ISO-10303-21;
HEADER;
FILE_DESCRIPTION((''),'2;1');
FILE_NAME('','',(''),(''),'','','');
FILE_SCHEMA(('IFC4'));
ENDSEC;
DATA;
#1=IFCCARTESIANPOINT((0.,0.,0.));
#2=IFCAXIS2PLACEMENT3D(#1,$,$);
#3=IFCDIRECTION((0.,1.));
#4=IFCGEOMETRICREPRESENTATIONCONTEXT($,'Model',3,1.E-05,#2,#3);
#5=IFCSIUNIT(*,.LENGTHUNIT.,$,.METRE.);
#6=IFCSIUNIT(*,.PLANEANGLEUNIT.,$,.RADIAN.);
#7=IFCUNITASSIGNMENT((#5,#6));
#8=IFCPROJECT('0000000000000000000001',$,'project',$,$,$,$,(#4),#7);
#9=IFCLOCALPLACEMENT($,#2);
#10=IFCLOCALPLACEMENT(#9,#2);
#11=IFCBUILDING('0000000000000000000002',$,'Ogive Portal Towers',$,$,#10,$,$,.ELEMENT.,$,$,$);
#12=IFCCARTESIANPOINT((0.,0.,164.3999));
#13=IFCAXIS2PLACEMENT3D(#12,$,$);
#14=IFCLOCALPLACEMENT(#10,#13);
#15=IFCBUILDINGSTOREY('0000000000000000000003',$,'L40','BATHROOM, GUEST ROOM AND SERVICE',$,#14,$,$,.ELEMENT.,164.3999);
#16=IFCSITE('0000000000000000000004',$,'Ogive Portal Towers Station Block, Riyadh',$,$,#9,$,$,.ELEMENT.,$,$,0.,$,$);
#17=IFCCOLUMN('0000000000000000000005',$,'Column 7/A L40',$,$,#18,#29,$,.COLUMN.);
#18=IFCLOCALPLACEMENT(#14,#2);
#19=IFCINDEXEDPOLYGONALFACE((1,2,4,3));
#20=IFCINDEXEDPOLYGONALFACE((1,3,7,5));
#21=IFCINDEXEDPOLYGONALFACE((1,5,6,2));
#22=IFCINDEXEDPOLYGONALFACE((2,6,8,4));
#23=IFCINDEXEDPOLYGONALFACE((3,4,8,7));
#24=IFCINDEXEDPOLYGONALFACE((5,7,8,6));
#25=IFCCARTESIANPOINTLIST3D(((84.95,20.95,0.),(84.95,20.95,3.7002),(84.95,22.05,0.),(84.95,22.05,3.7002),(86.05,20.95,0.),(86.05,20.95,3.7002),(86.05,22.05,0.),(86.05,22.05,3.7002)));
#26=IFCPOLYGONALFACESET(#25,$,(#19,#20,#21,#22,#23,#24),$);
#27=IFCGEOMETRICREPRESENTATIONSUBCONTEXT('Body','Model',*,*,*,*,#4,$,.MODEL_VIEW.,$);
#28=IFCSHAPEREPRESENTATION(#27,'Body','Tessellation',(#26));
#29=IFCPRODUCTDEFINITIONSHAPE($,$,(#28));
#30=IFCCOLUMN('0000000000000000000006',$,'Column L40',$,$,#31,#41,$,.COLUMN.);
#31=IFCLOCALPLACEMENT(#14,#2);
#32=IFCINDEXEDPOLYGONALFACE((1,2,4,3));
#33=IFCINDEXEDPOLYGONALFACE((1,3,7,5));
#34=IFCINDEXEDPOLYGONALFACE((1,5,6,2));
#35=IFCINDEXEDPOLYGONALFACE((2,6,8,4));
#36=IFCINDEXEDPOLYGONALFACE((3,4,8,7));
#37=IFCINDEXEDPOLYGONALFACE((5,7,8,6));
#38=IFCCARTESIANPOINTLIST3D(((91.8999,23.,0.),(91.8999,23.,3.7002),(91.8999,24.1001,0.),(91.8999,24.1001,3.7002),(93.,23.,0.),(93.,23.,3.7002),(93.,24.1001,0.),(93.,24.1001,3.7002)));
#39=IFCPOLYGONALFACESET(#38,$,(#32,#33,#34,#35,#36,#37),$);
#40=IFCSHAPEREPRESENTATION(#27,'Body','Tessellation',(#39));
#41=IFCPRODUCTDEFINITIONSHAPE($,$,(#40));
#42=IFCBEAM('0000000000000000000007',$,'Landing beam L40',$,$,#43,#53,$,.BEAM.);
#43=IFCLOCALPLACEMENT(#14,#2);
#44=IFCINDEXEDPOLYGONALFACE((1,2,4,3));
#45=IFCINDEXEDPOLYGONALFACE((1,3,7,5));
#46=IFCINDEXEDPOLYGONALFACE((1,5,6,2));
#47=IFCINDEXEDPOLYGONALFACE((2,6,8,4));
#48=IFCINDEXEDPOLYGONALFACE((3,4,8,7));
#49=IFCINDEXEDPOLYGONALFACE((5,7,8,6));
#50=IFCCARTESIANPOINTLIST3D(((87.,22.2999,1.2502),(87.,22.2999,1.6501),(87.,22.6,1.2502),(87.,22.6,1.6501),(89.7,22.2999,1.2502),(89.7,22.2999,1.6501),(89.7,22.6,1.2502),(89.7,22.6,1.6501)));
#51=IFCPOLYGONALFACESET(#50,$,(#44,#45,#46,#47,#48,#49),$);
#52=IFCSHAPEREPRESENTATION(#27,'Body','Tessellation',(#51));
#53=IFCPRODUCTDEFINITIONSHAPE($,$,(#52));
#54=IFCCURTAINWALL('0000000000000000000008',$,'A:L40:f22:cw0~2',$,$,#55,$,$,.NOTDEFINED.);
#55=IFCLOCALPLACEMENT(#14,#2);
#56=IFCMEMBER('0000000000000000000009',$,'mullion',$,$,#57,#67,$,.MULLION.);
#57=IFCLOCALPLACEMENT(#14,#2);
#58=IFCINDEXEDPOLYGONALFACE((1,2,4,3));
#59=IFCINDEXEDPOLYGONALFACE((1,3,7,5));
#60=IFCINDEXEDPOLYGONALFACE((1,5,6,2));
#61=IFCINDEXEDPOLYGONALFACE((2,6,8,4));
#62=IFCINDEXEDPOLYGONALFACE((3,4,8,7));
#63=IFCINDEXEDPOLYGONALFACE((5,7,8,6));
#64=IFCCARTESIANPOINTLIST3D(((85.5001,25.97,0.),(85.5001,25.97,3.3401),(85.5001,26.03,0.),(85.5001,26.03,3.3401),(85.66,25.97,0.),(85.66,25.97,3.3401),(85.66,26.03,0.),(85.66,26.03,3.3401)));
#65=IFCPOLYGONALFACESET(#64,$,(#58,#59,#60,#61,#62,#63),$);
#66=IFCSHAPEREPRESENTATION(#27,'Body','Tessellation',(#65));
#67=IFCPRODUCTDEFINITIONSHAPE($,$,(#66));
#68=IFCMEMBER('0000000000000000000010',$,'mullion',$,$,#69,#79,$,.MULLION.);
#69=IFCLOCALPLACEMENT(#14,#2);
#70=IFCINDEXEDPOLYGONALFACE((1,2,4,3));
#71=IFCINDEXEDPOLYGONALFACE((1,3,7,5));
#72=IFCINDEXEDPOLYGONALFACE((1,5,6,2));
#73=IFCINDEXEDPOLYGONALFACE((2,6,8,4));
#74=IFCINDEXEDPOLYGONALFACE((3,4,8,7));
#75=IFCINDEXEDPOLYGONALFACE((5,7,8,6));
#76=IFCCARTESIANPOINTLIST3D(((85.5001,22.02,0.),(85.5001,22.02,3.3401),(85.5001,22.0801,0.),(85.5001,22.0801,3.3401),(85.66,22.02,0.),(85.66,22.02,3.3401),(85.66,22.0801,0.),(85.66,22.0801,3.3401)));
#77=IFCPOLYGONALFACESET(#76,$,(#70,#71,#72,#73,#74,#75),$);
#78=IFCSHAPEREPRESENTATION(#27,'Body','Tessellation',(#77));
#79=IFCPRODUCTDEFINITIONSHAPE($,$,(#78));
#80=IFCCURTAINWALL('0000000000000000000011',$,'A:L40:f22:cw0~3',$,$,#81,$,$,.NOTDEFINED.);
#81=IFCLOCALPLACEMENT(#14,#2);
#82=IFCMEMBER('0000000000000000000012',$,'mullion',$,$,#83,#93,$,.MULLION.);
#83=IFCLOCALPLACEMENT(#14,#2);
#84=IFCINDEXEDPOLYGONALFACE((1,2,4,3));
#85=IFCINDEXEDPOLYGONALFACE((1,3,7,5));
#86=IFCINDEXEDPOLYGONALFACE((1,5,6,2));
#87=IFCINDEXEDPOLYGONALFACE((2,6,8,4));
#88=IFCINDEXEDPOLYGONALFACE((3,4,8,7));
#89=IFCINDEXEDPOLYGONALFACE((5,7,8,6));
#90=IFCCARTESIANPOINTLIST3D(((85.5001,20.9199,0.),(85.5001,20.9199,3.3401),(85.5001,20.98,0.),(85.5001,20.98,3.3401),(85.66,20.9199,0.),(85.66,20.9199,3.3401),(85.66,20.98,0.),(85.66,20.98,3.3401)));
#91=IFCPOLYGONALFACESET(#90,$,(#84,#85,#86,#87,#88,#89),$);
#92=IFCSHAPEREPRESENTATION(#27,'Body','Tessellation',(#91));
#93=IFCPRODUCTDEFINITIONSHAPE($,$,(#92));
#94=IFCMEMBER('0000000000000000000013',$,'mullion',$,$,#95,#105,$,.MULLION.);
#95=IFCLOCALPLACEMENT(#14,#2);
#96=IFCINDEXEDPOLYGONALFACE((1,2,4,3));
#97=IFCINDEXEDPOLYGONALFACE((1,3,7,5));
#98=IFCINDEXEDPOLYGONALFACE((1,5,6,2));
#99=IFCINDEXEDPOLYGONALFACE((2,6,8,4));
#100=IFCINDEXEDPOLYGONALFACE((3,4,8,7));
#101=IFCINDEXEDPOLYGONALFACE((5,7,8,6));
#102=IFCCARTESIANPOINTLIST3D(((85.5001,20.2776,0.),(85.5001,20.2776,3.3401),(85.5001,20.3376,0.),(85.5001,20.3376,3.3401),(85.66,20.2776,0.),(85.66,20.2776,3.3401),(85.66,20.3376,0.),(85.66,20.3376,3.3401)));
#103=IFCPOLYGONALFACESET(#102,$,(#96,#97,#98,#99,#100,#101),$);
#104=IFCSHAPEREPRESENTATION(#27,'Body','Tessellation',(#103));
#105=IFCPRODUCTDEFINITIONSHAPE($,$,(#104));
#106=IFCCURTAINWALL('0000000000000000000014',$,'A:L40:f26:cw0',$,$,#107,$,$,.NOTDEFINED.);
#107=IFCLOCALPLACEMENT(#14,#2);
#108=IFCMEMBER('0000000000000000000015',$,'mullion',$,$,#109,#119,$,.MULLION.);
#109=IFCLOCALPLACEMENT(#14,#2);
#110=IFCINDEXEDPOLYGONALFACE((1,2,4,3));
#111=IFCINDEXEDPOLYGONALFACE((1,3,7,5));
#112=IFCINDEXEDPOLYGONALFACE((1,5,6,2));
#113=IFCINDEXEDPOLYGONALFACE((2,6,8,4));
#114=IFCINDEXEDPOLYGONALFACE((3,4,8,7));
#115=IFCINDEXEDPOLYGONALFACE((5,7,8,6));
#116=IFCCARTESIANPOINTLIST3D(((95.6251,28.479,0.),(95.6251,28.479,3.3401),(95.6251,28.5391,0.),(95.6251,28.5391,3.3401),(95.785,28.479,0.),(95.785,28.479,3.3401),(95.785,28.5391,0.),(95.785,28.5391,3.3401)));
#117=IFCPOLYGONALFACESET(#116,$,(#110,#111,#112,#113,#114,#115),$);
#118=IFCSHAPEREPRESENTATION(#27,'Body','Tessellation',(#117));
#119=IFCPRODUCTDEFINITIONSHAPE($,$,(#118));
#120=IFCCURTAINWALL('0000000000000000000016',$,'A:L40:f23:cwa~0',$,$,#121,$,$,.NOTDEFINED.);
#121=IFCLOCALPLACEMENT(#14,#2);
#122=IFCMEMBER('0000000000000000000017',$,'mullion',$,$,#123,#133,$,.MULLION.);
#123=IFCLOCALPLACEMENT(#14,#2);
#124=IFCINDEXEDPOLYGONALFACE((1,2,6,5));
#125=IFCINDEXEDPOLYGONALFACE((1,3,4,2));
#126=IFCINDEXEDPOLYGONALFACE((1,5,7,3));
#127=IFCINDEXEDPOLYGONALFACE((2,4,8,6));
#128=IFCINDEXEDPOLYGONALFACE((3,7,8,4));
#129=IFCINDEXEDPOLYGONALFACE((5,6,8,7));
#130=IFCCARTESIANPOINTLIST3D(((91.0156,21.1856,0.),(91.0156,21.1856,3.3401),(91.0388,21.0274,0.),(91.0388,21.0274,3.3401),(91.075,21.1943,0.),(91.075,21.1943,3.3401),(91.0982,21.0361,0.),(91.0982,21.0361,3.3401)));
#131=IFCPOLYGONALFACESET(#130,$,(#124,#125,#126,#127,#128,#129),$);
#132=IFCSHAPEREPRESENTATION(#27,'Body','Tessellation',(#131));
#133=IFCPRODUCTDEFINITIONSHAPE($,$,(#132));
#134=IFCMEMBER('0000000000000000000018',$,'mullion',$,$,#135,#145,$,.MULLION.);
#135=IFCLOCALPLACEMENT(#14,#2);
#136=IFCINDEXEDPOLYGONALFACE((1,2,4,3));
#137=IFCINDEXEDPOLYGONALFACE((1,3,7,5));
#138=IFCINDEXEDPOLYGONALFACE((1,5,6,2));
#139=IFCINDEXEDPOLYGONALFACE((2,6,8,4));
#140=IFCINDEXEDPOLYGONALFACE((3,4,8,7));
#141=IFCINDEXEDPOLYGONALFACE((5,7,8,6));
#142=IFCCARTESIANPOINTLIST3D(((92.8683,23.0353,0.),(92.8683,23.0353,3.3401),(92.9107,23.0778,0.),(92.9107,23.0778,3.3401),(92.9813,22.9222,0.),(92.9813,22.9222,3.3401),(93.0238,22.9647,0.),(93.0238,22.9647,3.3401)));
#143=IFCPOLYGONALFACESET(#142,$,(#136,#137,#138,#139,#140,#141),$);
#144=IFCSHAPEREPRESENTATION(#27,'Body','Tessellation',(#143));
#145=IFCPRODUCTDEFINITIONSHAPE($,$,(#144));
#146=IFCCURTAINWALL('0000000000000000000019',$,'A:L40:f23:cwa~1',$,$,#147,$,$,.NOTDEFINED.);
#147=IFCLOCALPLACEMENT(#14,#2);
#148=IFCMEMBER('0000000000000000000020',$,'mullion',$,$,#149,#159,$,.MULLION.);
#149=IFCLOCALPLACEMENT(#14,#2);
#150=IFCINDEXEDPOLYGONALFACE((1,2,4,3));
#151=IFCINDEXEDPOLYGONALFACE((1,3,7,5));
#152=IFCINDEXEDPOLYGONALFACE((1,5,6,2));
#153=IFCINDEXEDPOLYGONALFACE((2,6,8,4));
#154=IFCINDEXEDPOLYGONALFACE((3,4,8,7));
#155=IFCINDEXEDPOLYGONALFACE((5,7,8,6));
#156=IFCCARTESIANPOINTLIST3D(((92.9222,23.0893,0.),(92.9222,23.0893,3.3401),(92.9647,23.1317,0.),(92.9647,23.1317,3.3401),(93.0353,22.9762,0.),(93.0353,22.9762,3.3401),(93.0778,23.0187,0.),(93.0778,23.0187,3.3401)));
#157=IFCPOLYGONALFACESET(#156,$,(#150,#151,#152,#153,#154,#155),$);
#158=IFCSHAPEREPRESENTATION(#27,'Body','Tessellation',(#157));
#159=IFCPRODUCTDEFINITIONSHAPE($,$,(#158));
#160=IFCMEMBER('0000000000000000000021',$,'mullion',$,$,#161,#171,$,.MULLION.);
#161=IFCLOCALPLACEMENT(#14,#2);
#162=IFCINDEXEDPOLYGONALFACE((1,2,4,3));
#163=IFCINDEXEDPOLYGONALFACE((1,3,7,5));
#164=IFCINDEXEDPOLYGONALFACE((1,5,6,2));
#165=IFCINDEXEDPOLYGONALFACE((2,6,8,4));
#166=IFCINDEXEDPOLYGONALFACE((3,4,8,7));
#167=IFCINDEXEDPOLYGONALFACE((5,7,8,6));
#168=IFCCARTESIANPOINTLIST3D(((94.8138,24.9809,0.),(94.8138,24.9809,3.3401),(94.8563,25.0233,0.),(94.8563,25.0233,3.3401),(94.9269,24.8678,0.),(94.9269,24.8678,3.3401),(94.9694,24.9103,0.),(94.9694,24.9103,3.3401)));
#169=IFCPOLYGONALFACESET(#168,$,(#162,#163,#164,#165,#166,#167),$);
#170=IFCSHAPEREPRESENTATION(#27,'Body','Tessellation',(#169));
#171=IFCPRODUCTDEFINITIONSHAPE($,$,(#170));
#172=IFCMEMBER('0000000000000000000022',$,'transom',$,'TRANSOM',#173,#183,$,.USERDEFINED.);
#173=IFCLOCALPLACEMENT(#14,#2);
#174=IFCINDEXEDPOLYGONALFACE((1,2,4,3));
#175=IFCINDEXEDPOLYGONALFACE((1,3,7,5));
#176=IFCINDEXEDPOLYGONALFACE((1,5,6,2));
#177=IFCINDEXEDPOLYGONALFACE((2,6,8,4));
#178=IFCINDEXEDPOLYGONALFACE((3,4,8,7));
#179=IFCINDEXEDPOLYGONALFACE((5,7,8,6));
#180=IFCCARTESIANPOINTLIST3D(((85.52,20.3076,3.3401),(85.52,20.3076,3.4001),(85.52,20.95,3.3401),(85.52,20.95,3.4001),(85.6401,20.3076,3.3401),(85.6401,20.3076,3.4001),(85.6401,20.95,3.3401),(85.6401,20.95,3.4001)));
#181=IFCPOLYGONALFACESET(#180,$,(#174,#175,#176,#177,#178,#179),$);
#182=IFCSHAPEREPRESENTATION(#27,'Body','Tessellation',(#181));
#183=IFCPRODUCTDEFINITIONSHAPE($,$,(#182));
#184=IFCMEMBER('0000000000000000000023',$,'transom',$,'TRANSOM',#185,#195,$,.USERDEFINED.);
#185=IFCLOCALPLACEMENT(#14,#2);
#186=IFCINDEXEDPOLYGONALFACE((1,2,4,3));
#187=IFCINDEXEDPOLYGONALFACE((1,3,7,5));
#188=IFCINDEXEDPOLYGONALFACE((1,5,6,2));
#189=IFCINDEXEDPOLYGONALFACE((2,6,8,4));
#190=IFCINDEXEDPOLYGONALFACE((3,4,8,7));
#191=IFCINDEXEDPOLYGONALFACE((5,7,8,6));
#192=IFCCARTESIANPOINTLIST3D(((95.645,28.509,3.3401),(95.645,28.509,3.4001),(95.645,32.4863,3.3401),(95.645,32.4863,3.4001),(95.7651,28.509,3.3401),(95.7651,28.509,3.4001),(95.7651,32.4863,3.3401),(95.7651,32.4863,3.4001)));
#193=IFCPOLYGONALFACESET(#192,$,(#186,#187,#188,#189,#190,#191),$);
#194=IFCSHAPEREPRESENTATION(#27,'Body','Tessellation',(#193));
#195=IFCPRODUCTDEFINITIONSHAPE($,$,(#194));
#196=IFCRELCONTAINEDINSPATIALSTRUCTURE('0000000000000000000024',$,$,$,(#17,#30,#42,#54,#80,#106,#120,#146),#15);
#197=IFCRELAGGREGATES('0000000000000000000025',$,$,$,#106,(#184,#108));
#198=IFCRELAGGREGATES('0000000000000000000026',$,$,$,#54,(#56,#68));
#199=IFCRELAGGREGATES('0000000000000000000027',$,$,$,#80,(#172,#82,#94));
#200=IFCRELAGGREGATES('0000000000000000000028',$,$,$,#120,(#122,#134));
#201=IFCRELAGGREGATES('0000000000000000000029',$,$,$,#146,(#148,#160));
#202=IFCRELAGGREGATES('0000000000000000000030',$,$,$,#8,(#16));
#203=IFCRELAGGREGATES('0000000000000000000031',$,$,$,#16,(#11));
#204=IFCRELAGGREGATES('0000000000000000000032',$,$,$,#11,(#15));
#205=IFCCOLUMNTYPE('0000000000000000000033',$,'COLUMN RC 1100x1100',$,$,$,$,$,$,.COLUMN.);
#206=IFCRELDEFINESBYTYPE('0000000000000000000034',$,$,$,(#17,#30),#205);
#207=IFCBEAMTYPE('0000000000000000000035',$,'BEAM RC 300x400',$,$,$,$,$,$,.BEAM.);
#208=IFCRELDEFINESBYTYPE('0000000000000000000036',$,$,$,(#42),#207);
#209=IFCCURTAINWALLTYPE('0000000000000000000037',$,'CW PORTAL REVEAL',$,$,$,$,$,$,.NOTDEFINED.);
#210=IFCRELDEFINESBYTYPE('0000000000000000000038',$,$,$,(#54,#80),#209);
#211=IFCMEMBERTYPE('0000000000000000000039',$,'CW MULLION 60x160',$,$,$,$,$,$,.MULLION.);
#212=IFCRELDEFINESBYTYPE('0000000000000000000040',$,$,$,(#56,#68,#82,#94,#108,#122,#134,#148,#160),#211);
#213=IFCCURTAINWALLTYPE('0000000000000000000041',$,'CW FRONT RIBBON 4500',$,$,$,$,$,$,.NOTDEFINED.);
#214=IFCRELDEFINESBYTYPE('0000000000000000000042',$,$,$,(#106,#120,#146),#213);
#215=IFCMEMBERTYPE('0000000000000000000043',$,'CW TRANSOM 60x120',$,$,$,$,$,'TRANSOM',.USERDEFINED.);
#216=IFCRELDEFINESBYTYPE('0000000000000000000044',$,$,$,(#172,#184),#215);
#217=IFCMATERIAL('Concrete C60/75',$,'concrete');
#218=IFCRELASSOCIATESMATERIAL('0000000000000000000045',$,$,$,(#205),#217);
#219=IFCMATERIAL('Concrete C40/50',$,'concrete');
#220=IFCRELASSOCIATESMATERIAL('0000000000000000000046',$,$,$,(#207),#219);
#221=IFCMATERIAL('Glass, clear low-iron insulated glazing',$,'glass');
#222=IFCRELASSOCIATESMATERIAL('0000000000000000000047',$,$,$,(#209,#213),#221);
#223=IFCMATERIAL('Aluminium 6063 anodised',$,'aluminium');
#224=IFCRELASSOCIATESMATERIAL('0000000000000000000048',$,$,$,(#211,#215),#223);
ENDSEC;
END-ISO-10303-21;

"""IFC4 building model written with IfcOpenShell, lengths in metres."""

from ifc_helpers import new_model, si_unit, direction, frame, origin, origin_2d, place, context, subcontext, project, spatial, rectangle, extrude, material, material_profile, profile_set, type_object, element, aggregate, save


model = new_model("IFC4")

# Units and contexts
model_context = context("Model", 3, precision=1e-05, world=origin(), true_north=direction((0.0, 1.0)))
body_context = subcontext(model_context, "Body", "Model", "MODEL_VIEW")
ifc_project = project(units=[si_unit("LENGTHUNIT", "METRE"), si_unit("PLANEANGLEUNIT", "RADIAN")], contexts=[model_context])

# Site, building, storey
site_placement = place(None, origin())
site = spatial("IfcSite", under=ifc_project, at=site_placement, Name="Ogive Portal Towers Station Block, Riyadh", CompositionType="ELEMENT", RefElevation=0.0)
building_placement = place(site_placement, origin())
building = spatial("IfcBuilding", under=site, at=building_placement, Name="Ogive Portal Towers", CompositionType="ELEMENT")
storey_placement = place(building_placement, frame((0.0, 0.0, 164.3999)))
storey = spatial("IfcBuildingStorey", under=building, at=storey_placement, Name="L40", Description="BATHROOM, GUEST ROOM AND SERVICE", CompositionType="ELEMENT", Elevation=164.3999)

# Columns
ifc_material_1 = material(Name="Concrete C60/75", Category="concrete")
ifc_material_profile_1 = material_profile(ifc_material_1, rectangle(XDim=1.1001, YDim=1.1001, at=origin_2d()), Name="RC 1100x1100")
ifc_profile_set_1 = profile_set([ifc_material_profile_1], Name="Concrete C60/75")
column_type = type_object("IfcColumnType", Name="COLUMN RC 1100x1100", PredefinedType="COLUMN", material=ifc_profile_set_1)
for number, where, z_axis, x_axis, name in (
    (1, (85.5, 21.5, 0.0), (0.0, 0.0, 1.0), (1.0, 0.0, 0.0), "Column 7/A L40"),
    (2, (92.45, 23.55, 0.0), (0.0, 0.0, 1.0), (1.0, 0.0, 0.0), "Column L40"),
):
    element("IfcColumn", number, at=place(storey_placement, frame(where, z_axis=z_axis, x_axis=x_axis)), inside=storey, type_object=column_type, Name=name, PredefinedType="COLUMN", context=body_context, shape_type="SweptSolid", body=[
        extrude(rectangle(XDim=1.1001, YDim=1.1001, at=origin_2d()), origin(), (0.0, 0.0, 1.0), 3.7002),
    ])

# Beam
ifc_material_2 = material(Name="Concrete C40/50", Category="concrete")
ifc_material_profile_2 = material_profile(ifc_material_2, rectangle(XDim=0.3, YDim=0.3999, at=origin_2d()), Name="RC 300x400")
ifc_profile_set_2 = profile_set([ifc_material_profile_2], Name="Concrete C40/50")
beam_type = type_object("IfcBeamType", Name="BEAM RC 300x400", PredefinedType="BEAM", material=ifc_profile_set_2)
beam_placement = place(storey_placement, frame((87.0, 22.45, 1.4502), z_axis=(1.0, 0.0, 0.0), x_axis=(0.0, 1.0, 0.0)))
element("IfcBeam", 3, at=beam_placement, inside=storey, type_object=beam_type, Name="Landing beam L40", PredefinedType="BEAM", context=body_context, shape_type="SweptSolid", body=[
    extrude(rectangle(XDim=0.3, YDim=0.3999, at=origin_2d()), origin(), (0.0, 0.0, 1.0), 2.7),
])

# Curtain walls, members
ifc_material_3 = material(Name="Glass, clear low-iron insulated glazing", Category="glass")
curtain_wall_type_1 = type_object("IfcCurtainWallType", Name="CW PORTAL REVEAL", PredefinedType="NOTDEFINED", material=ifc_material_3)
curtain_wall_1_placement = place(storey_placement, origin())
curtain_wall_1 = element("IfcCurtainWall", 4, at=curtain_wall_1_placement, inside=storey, type_object=curtain_wall_type_1, Name="A:L40:f22:cw0~2", PredefinedType="NOTDEFINED")
ifc_material_4 = material(Name="Aluminium 6063 anodised", Category="aluminium")
ifc_material_profile_3 = material_profile(ifc_material_4, rectangle(XDim=0.1599, YDim=0.0601, at=origin_2d()), Name="AL 60x160")
ifc_profile_set_3 = profile_set([ifc_material_profile_3], Name="Aluminium 6063 anodised")
member_type_1 = type_object("IfcMemberType", Name="CW MULLION 60x160", PredefinedType="MULLION", material=ifc_profile_set_3)
member_1_placement = place(storey_placement, frame((85.5801, 26.0, 0.0), z_axis=(0.0, 0.0, 1.0), x_axis=(1.0, 0.0, 0.0)))
member_1 = element("IfcMember", 5, at=member_1_placement, type_object=member_type_1, Name="mullion", PredefinedType="MULLION", context=body_context, shape_type="SweptSolid", body=[
    extrude(rectangle(XDim=0.1599, YDim=0.0601, at=origin_2d()), origin(), (0.0, 0.0, 1.0), 3.3401),
])
member_2_placement = place(storey_placement, frame((85.5801, 22.05, 0.0), z_axis=(0.0, 0.0, 1.0), x_axis=(1.0, 0.0, 0.0)))
member_2 = element("IfcMember", 6, at=member_2_placement, type_object=member_type_1, Name="mullion", PredefinedType="MULLION", context=body_context, shape_type="SweptSolid", body=[
    extrude(rectangle(XDim=0.1599, YDim=0.0601, at=origin_2d()), origin(), (0.0, 0.0, 1.0), 3.3401),
])
curtain_wall_2_placement = place(storey_placement, origin())
curtain_wall_2 = element("IfcCurtainWall", 7, at=curtain_wall_2_placement, inside=storey, type_object=curtain_wall_type_1, Name="A:L40:f22:cw0~3", PredefinedType="NOTDEFINED")
member_3_placement = place(storey_placement, frame((85.5801, 20.95, 0.0), z_axis=(0.0, 0.0, 1.0), x_axis=(1.0, 0.0, 0.0)))
member_3 = element("IfcMember", 8, at=member_3_placement, type_object=member_type_1, Name="mullion", PredefinedType="MULLION", context=body_context, shape_type="SweptSolid", body=[
    extrude(rectangle(XDim=0.1599, YDim=0.0601, at=origin_2d()), origin(), (0.0, 0.0, 1.0), 3.3401),
])
member_4_placement = place(storey_placement, frame((85.5801, 20.3076, 0.0), z_axis=(0.0, 0.0, 1.0), x_axis=(1.0, 0.0, 0.0)))
member_4 = element("IfcMember", 9, at=member_4_placement, type_object=member_type_1, Name="mullion", PredefinedType="MULLION", context=body_context, shape_type="SweptSolid", body=[
    extrude(rectangle(XDim=0.1599, YDim=0.0601, at=origin_2d()), origin(), (0.0, 0.0, 1.0), 3.3401),
])

# Curtain wall, member
curtain_wall_type_2 = type_object("IfcCurtainWallType", Name="CW FRONT RIBBON 4500", PredefinedType="NOTDEFINED", material=ifc_material_3)
curtain_wall_3_placement = place(storey_placement, origin())
curtain_wall_3 = element("IfcCurtainWall", 10, at=curtain_wall_3_placement, inside=storey, type_object=curtain_wall_type_2, Name="A:L40:f26:cw0", PredefinedType="NOTDEFINED")
member_5_placement = place(storey_placement, frame((95.7051, 28.509, 0.0), z_axis=(0.0, 0.0, 1.0), x_axis=(-1.0, 0.0, 0.0)))
member_5 = element("IfcMember", 11, at=member_5_placement, type_object=member_type_1, Name="mullion", PredefinedType="MULLION", context=body_context, shape_type="SweptSolid", body=[
    extrude(rectangle(XDim=0.1599, YDim=0.0601, at=origin_2d()), origin(), (0.0, 0.0, 1.0), 3.3401),
])

# Curtain walls, members
curtain_wall_4_placement = place(storey_placement, origin())
curtain_wall_4 = element("IfcCurtainWall", 12, at=curtain_wall_4_placement, inside=storey, type_object=curtain_wall_type_2, Name="A:L40:f23:cwa~0", PredefinedType="NOTDEFINED")
member_6_placement = place(storey_placement, frame((91.0569, 21.1108, 0.0), z_axis=(0.0, 0.0, 1.0), x_axis=(-0.145099, 0.989417, 0.0)))
member_6 = element("IfcMember", 13, at=member_6_placement, type_object=member_type_1, Name="mullion", PredefinedType="MULLION", context=body_context, shape_type="SweptSolid", body=[
    extrude(rectangle(XDim=0.1599, YDim=0.0601, at=origin_2d()), origin(), (0.0, 0.0, 1.0), 3.3401),
])
member_7_placement = place(storey_placement, frame((92.946, 23.0, 0.0), z_axis=(0.0, 0.0, 1.0), x_axis=(-0.707107, 0.707107, 0.0)))
member_7 = element("IfcMember", 14, at=member_7_placement, type_object=member_type_1, Name="mullion", PredefinedType="MULLION", context=body_context, shape_type="SweptSolid", body=[
    extrude(rectangle(XDim=0.1599, YDim=0.0601, at=origin_2d()), origin(), (0.0, 0.0, 1.0), 3.3401),
])
curtain_wall_5_placement = place(storey_placement, origin())
curtain_wall_5 = element("IfcCurtainWall", 15, at=curtain_wall_5_placement, inside=storey, type_object=curtain_wall_type_2, Name="A:L40:f23:cwa~1", PredefinedType="NOTDEFINED")
member_8_placement = place(storey_placement, frame((93.0, 23.054, 0.0), z_axis=(0.0, 0.0, 1.0), x_axis=(-0.707107, 0.707107, 0.0)))
member_8 = element("IfcMember", 16, at=member_8_placement, type_object=member_type_1, Name="mullion", PredefinedType="MULLION", context=body_context, shape_type="SweptSolid", body=[
    extrude(rectangle(XDim=0.1599, YDim=0.0601, at=origin_2d()), origin(), (0.0, 0.0, 1.0), 3.3401),
])
member_9_placement = place(storey_placement, frame((94.8916, 24.9456, 0.0), z_axis=(0.0, 0.0, 1.0), x_axis=(-0.707107, 0.707107, 0.0)))
member_9 = element("IfcMember", 17, at=member_9_placement, type_object=member_type_1, Name="mullion", PredefinedType="MULLION", context=body_context, shape_type="SweptSolid", body=[
    extrude(rectangle(XDim=0.1599, YDim=0.0601, at=origin_2d()), origin(), (0.0, 0.0, 1.0), 3.3401),
])

# Members
ifc_material_profile_4 = material_profile(ifc_material_4, rectangle(XDim=0.1201, YDim=0.0601, at=origin_2d()), Name="AL 120x60")
ifc_profile_set_4 = profile_set([ifc_material_profile_4], Name="Aluminium 6063 anodised")
member_type_2 = type_object("IfcMemberType", Name="CW TRANSOM 60x120", ElementType="TRANSOM", PredefinedType="USERDEFINED", material=ifc_profile_set_4)
member_10_placement = place(storey_placement, frame((85.5801, 20.95, 3.3701), z_axis=(0.0, -1.0, 0.0), x_axis=(1.0, 0.0, 0.0)))
member_10 = element("IfcMember", 18, at=member_10_placement, type_object=member_type_2, Name="transom", ObjectType="TRANSOM", PredefinedType="USERDEFINED", context=body_context, shape_type="SweptSolid", body=[
    extrude(rectangle(XDim=0.1201, YDim=0.0601, at=origin_2d()), origin(), (0.0, 0.0, 1.0), 0.6423),
])
member_11_placement = place(storey_placement, frame((95.7051, 28.509, 3.3701), z_axis=(0.0, 1.0, 0.0), x_axis=(-1.0, 0.0, 0.0)))
member_11 = element("IfcMember", 19, at=member_11_placement, type_object=member_type_2, Name="transom", ObjectType="TRANSOM", PredefinedType="USERDEFINED", context=body_context, shape_type="SweptSolid", body=[
    extrude(rectangle(XDim=0.1201, YDim=0.0601, at=origin_2d()), origin(), (0.0, 0.0, 1.0), 3.9773),
])
aggregate(curtain_wall_3, [member_11, member_5])

aggregate(curtain_wall_1, [member_1, member_2])
aggregate(curtain_wall_2, [member_10, member_3, member_4])
aggregate(curtain_wall_4, [member_6, member_7])
aggregate(curtain_wall_5, [member_8, member_9])

save(model, "model.ifc")
